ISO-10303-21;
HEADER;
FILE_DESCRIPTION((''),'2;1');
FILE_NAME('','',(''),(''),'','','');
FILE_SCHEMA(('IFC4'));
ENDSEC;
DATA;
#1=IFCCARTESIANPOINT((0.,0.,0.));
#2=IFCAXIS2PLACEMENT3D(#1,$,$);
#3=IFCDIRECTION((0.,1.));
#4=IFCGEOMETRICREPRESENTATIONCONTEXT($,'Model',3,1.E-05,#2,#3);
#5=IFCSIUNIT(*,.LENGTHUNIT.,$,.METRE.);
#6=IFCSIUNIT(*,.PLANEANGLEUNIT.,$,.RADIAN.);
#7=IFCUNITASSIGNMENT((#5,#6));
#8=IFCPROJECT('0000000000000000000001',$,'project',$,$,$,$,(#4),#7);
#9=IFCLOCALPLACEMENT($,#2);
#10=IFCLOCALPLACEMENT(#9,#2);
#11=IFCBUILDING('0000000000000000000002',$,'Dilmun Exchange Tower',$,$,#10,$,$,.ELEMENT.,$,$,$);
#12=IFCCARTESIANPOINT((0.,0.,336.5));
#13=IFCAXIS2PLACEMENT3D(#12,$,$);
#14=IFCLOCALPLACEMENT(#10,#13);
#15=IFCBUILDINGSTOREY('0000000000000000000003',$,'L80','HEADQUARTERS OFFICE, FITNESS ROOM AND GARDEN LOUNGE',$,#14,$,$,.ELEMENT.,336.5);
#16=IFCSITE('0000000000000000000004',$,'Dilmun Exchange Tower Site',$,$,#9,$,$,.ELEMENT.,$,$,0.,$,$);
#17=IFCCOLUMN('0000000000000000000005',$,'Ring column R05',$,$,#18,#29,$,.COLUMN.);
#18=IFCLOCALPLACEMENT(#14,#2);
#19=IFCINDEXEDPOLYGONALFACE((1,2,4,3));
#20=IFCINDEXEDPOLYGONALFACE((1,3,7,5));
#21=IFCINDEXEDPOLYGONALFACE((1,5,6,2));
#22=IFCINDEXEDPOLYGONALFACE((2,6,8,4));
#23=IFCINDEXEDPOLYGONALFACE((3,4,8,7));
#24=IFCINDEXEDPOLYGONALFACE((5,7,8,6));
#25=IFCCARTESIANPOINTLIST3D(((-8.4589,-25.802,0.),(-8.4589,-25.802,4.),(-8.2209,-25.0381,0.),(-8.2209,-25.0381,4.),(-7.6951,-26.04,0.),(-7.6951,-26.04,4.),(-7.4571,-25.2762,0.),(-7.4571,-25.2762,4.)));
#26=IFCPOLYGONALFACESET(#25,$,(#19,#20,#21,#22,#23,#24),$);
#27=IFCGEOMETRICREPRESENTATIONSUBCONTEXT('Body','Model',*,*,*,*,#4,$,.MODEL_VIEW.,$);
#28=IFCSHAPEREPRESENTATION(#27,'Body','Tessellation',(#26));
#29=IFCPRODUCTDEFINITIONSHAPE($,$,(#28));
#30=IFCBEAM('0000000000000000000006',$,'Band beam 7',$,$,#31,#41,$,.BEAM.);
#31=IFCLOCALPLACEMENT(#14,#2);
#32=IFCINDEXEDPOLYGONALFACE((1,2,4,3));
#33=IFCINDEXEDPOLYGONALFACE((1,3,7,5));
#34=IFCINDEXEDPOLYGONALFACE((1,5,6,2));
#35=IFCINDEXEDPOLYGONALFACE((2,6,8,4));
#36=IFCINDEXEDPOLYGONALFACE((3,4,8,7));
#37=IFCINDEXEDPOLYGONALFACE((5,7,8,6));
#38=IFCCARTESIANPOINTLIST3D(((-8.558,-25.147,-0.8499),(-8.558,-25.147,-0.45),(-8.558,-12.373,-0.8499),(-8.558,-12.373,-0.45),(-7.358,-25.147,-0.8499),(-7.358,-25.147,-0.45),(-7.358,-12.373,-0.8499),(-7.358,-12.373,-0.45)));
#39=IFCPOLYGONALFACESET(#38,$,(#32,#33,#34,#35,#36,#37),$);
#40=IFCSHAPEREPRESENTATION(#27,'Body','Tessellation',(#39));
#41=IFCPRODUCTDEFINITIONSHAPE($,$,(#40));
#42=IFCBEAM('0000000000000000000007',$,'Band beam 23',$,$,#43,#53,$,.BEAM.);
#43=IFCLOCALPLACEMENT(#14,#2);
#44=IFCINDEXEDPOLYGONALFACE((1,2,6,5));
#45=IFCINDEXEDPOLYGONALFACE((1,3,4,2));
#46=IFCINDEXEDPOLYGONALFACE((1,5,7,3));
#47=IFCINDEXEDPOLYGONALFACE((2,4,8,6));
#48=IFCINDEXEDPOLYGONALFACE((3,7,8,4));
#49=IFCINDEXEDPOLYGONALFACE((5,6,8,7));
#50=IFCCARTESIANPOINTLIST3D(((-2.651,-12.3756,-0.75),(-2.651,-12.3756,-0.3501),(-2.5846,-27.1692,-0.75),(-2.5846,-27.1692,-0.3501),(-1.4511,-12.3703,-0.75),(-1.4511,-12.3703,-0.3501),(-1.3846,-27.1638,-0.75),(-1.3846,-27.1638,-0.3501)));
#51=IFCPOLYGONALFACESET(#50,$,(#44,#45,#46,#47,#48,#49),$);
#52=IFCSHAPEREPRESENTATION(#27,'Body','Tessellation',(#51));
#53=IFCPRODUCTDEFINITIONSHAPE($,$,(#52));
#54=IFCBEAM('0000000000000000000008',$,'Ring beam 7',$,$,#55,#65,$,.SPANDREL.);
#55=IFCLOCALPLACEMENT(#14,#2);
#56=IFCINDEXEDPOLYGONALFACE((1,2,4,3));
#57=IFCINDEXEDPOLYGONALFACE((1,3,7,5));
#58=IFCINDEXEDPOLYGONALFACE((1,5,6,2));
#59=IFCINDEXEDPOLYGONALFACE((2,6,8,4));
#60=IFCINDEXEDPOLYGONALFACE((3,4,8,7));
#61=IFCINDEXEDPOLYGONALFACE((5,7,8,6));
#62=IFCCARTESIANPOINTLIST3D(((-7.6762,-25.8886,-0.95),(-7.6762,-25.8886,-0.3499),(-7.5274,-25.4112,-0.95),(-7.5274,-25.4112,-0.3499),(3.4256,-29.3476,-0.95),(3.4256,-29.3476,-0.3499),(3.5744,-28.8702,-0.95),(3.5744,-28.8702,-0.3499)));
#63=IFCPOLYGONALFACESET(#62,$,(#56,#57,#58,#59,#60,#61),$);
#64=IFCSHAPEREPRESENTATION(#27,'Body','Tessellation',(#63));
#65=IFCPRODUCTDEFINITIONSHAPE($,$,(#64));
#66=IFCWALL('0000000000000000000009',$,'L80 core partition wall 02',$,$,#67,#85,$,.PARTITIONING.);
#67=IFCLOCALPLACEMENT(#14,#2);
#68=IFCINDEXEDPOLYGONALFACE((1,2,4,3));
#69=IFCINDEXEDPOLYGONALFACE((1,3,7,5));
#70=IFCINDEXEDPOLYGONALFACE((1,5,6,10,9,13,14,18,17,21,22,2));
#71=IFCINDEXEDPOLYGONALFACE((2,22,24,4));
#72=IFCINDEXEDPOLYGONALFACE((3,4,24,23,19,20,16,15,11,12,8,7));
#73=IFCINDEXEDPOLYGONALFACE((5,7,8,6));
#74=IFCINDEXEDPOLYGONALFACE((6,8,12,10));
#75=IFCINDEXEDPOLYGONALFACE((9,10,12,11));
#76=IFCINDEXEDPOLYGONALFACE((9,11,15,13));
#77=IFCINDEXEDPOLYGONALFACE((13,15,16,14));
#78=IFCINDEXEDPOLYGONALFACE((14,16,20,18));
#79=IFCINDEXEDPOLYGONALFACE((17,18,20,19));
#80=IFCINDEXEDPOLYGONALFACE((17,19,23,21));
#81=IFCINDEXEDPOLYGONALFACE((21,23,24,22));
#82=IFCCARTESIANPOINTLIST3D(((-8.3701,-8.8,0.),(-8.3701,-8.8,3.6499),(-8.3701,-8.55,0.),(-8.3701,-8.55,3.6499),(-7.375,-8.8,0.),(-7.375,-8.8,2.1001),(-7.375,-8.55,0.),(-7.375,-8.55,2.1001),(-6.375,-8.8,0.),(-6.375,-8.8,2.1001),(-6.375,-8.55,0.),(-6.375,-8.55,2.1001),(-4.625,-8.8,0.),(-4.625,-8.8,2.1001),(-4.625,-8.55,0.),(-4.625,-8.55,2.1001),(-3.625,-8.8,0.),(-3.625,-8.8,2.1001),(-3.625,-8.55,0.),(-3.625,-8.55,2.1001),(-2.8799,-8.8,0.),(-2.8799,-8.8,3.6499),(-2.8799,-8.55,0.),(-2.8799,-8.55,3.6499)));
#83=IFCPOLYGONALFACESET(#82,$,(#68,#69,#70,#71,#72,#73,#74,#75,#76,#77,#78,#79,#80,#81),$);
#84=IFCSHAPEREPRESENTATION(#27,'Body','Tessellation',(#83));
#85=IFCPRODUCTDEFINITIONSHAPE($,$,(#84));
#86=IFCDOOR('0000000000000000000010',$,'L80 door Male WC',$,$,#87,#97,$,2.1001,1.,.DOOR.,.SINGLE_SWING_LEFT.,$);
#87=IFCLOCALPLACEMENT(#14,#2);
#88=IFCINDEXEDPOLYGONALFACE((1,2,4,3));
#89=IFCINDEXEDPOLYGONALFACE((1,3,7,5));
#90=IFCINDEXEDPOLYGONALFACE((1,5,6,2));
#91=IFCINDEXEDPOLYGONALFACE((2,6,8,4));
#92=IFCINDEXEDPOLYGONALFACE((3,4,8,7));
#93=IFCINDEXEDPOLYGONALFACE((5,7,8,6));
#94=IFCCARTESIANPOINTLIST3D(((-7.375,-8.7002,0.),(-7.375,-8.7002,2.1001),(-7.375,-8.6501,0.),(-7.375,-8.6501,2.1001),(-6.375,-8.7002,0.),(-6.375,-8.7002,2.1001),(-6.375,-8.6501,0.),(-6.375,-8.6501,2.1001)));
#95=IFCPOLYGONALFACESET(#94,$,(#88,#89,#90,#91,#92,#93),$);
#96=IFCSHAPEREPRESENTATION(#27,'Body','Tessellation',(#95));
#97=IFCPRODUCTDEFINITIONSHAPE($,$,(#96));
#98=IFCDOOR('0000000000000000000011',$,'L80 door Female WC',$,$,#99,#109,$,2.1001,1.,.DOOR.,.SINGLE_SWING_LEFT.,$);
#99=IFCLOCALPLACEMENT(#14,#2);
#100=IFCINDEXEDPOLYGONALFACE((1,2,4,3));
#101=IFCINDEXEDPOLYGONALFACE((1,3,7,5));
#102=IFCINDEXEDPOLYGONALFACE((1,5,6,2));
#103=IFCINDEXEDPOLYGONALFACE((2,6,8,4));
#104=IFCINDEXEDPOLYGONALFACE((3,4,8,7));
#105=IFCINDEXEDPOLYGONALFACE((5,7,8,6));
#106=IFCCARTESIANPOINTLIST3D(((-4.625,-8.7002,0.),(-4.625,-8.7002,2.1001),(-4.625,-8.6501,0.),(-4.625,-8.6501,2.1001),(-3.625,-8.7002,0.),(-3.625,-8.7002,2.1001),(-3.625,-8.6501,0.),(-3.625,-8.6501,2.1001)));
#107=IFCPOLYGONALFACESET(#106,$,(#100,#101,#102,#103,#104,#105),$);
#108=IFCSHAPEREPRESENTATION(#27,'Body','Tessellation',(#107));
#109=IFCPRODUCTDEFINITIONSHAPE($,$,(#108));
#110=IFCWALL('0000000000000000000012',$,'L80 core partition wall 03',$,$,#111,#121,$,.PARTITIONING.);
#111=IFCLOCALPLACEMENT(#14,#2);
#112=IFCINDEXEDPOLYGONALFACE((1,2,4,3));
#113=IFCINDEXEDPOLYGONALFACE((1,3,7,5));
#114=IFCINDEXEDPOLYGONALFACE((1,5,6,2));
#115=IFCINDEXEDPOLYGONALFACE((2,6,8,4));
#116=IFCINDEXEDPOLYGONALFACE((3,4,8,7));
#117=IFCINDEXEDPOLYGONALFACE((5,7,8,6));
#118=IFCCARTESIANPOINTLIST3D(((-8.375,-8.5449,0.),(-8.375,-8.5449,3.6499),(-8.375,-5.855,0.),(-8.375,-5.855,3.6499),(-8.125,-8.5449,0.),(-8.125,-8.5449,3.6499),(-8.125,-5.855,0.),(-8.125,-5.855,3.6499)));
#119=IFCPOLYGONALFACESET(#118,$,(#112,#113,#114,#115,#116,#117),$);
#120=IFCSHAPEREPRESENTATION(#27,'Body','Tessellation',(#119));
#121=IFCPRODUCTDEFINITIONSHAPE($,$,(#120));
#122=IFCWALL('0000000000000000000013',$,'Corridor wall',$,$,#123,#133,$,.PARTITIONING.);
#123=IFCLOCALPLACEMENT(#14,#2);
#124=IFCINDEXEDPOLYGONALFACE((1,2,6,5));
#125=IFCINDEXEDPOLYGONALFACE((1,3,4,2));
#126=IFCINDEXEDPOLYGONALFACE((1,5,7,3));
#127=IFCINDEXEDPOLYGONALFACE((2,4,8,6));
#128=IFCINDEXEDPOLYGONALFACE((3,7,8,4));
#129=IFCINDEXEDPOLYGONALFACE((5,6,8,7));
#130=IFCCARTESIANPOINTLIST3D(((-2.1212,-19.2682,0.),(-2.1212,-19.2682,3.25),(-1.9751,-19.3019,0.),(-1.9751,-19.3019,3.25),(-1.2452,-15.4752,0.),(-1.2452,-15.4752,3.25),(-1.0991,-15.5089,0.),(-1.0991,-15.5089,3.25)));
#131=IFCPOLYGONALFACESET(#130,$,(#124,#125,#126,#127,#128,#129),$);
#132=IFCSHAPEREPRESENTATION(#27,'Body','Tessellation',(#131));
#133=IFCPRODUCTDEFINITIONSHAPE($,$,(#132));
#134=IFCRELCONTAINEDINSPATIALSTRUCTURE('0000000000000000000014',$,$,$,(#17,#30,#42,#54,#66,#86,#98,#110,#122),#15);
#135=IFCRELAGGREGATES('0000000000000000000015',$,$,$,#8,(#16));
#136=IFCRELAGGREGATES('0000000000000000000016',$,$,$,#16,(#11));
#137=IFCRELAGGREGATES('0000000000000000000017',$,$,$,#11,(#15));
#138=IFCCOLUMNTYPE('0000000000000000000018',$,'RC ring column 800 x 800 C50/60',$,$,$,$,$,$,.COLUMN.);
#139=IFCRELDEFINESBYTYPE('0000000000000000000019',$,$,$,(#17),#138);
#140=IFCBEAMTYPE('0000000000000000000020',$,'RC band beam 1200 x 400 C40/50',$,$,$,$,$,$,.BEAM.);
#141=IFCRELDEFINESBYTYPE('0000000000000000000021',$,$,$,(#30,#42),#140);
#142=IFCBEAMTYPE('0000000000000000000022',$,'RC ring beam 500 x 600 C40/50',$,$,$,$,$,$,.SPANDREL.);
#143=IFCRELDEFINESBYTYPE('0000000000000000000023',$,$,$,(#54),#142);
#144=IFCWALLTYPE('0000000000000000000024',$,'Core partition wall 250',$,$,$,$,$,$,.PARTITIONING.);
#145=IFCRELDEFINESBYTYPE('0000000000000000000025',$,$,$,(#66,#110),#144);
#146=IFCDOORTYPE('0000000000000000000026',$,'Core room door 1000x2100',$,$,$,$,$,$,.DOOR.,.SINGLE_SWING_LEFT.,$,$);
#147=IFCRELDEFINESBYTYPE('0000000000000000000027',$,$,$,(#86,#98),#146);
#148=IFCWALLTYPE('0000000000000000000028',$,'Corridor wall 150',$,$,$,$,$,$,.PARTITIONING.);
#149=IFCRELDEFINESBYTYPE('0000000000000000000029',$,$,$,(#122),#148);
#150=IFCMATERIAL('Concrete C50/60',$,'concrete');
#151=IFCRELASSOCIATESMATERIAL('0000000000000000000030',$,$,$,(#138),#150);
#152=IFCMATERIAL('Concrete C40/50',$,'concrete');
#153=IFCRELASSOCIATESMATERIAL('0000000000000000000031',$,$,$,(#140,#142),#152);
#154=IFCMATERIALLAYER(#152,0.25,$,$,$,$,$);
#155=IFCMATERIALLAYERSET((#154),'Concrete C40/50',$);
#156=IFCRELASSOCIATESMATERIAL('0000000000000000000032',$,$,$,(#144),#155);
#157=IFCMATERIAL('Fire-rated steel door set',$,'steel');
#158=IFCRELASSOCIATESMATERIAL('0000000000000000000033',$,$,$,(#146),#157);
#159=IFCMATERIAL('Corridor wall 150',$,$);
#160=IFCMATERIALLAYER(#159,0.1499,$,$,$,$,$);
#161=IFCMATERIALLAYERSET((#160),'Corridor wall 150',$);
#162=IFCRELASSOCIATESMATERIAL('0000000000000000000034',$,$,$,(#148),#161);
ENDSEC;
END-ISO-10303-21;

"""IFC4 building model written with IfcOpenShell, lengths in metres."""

from ifc_helpers import new_model, si_unit, direction, frame, frame_2d, origin, origin_2d, place, context, subcontext, project, spatial, rectangle, extrude, material, layer, layer_set, material_profile, profile_set, type_object, element, fill, save


model = new_model("IFC4")

# Units and contexts
model_context = context("Model", 3, precision=1e-05, world=origin(), true_north=direction((0.0, 1.0)))
body_context = subcontext(model_context, "Body", "Model", "MODEL_VIEW")
ifc_project = project(units=[si_unit("LENGTHUNIT", "METRE"), si_unit("PLANEANGLEUNIT", "RADIAN")], contexts=[model_context])

# Site, building, storey
site_placement = place(None, origin())
site = spatial("IfcSite", under=ifc_project, at=site_placement, Name="Dilmun Exchange Tower Site", CompositionType="ELEMENT", RefElevation=0.0)
building_placement = place(site_placement, origin())
building = spatial("IfcBuilding", under=site, at=building_placement, Name="Dilmun Exchange Tower", CompositionType="ELEMENT")
storey_placement = place(building_placement, frame((0.0, 0.0, 336.5)))
storey = spatial("IfcBuildingStorey", under=building, at=storey_placement, Name="L80", Description="HEADQUARTERS OFFICE, FITNESS ROOM AND GARDEN LOUNGE", CompositionType="ELEMENT", Elevation=336.5)

# Column
ifc_material_1 = material(Name="Concrete C50/60", Category="concrete")
ifc_material_profile_1 = material_profile(ifc_material_1, rectangle(XDim=0.8, YDim=0.8, at=origin_2d()), Name="800 x 800")
ifc_profile_set_1 = profile_set([ifc_material_profile_1], Name="Concrete C50/60")
column_type = type_object("IfcColumnType", Name="RC ring column 800 x 800 C50/60", PredefinedType="COLUMN", material=ifc_profile_set_1)
column_placement = place(storey_placement, frame((-7.958, -25.5391, 0.0), z_axis=(0.0, 0.0, 1.0), x_axis=(0.297503, 0.954721, 0.0)))
element("IfcColumn", 1, at=column_placement, inside=storey, type_object=column_type, Name="Ring column R05", PredefinedType="COLUMN", context=body_context, shape_type="SweptSolid", body=[
    extrude(rectangle(XDim=0.8, YDim=0.8, at=origin_2d()), origin(), (0.0, 0.0, 1.0), 4.0),
])

# Beams
ifc_material_2 = material(Name="Concrete C40/50", Category="concrete")
ifc_material_profile_2 = material_profile(ifc_material_2, rectangle(XDim=1.2, YDim=0.3999, at=origin_2d()), Name="1200 x 400")
ifc_profile_set_2 = profile_set([ifc_material_profile_2], Name="Concrete C40/50")
beam_type_1 = type_object("IfcBeamType", Name="RC band beam 1200 x 400 C40/50", PredefinedType="BEAM", material=ifc_profile_set_2)
beam_1_placement = place(storey_placement, frame((-7.958, -25.147, -0.6499), z_axis=(0.0, 1.0, 0.0), x_axis=(-1.0, 0.0, 0.0)))
element("IfcBeam", 2, at=beam_1_placement, inside=storey, type_object=beam_type_1, Name="Band beam 7", PredefinedType="BEAM", context=body_context, shape_type="SweptSolid", body=[
    extrude(rectangle(XDim=1.2, YDim=0.3999, at=origin_2d()), origin(), (0.0, 0.0, 1.0), 12.7739),
])
beam_2_placement = place(storey_placement, frame((-1.9846, -27.1665, -0.55), z_axis=(-0.004489, 0.99999, 0.0), x_axis=(-0.99999, -0.004489, 0.0)))
element("IfcBeam", 3, at=beam_2_placement, inside=storey, type_object=beam_type_1, Name="Band beam 23", PredefinedType="BEAM", context=body_context, shape_type="SweptSolid", body=[
    extrude(rectangle(XDim=1.2, YDim=0.3999, at=origin_2d()), origin(), (0.0, 0.0, 1.0), 14.7937),
])
ifc_material_profile_3 = material_profile(ifc_material_2, rectangle(XDim=0.5, YDim=0.6001, at=origin_2d()), Name="500 x 600")
ifc_profile_set_3 = profile_set([ifc_material_profile_3], Name="Concrete C40/50")
beam_type_2 = type_object("IfcBeamType", Name="RC ring beam 500 x 600 C40/50", PredefinedType="SPANDREL", material=ifc_profile_set_3)
beam_3_placement = place(storey_placement, frame((-7.6018, -25.6499, -0.6499), z_axis=(0.954733, -0.297466, 0.0), x_axis=(0.297466, 0.954733, 0.0)))
element("IfcBeam", 4, at=beam_3_placement, inside=storey, type_object=beam_type_2, Name="Ring beam 7", PredefinedType="SPANDREL", context=body_context, shape_type="SweptSolid", body=[
    extrude(rectangle(XDim=0.5, YDim=0.6001, at=origin_2d()), origin(), (0.0, 0.0, 1.0), 11.6282),
])

# Wall, openings, doors
ifc_layer_1 = layer(ifc_material_2, 0.25)
ifc_layer_set_1 = layer_set([ifc_layer_1], Name="Concrete C40/50")
wall_type_1 = type_object("IfcWallType", Name="Core partition wall 250", PredefinedType="PARTITIONING", material=ifc_layer_set_1)
wall_1_placement = place(storey_placement, frame((-8.3701, -8.675, 0.0), z_axis=(0.0, 0.0, 1.0), x_axis=(1.0, 0.0, 0.0)))
wall_1 = element("IfcWall", 5, at=wall_1_placement, inside=storey, type_object=wall_type_1, Name="L80 core partition wall 02", PredefinedType="PARTITIONING", context=body_context, shape_type="SweptSolid", body=[
    extrude(rectangle(XDim=5.4902, YDim=0.25, at=frame_2d((2.7451, 0.0))), origin(), (0.0, 0.0, 1.0), 3.6499),
])
opening_1_placement = place(wall_1_placement, frame((0.9951, 0.0, 0.0)))
opening_1 = element("IfcOpeningElement", 6, at=opening_1_placement, cuts=wall_1, PredefinedType="OPENING", context=body_context, shape_type="SweptSolid", body=[
    extrude(rectangle(XDim=1.0, YDim=2.1001, at=frame_2d((0.5, 1.05))), frame((0.0, 0.135, 0.0), z_axis=(0.0, -1.0, 0.0), x_axis=(1.0, 0.0, 0.0)), (0.0, 0.0, 1.0), 0.27),
])
opening_2_placement = place(wall_1_placement, frame((3.7451, 0.0, 0.0)))
opening_2 = element("IfcOpeningElement", 7, at=opening_2_placement, cuts=wall_1, PredefinedType="OPENING", context=body_context, shape_type="SweptSolid", body=[
    extrude(rectangle(XDim=1.0, YDim=2.1001, at=frame_2d((0.5, 1.05))), frame((0.0, 0.135, 0.0), z_axis=(0.0, -1.0, 0.0), x_axis=(1.0, 0.0, 0.0)), (0.0, 0.0, 1.0), 0.27),
])
ifc_material_3 = material(Name="Fire-rated steel door set", Category="steel")
door_type_1 = type_object("IfcDoorType", Name="Core room door 1000x2100", OperationType="SINGLE_SWING_LEFT", PredefinedType="DOOR", material=ifc_material_3)
door_1_placement = place(opening_1_placement, origin())
door_1 = element("IfcDoor", 8, at=door_1_placement, inside=storey, type_object=door_type_1, Name="L80 door Male WC", OperationType="SINGLE_SWING_LEFT", OverallHeight=2.1001, OverallWidth=1.0, PredefinedType="DOOR", context=body_context, shape_type="SweptSolid", body=[
    extrude(rectangle(XDim=1.0, YDim=2.1001, at=frame_2d((0.5, 1.05))), frame((0.0, 0.0249, 0.0), z_axis=(0.0, -1.0, 0.0), x_axis=(1.0, 0.0, 0.0)), (0.0, 0.0, 1.0), 0.05),
])
fill(opening_1, door_1)
door_2_placement = place(opening_2_placement, origin())
door_2 = element("IfcDoor", 9, at=door_2_placement, inside=storey, type_object=door_type_1, Name="L80 door Female WC", OperationType="SINGLE_SWING_LEFT", OverallHeight=2.1001, OverallWidth=1.0, PredefinedType="DOOR", context=body_context, shape_type="SweptSolid", body=[
    extrude(rectangle(XDim=1.0, YDim=2.1001, at=frame_2d((0.5, 1.05))), frame((0.0, 0.0249, 0.0), z_axis=(0.0, -1.0, 0.0), x_axis=(1.0, 0.0, 0.0)), (0.0, 0.0, 1.0), 0.05),
])
fill(opening_2, door_2)

# Walls
wall_2_placement = place(storey_placement, frame((-8.25, -8.5449, 0.0), z_axis=(0.0, 0.0, 1.0), x_axis=(0.0, 1.0, 0.0)))
element("IfcWall", 10, at=wall_2_placement, inside=storey, type_object=wall_type_1, Name="L80 core partition wall 03", PredefinedType="PARTITIONING", context=body_context, shape_type="SweptSolid", body=[
    extrude(rectangle(XDim=2.6899, YDim=0.25, at=frame_2d((1.345, 0.0))), origin(), (0.0, 0.0, 1.0), 3.6499),
])
ifc_material_4 = material(Name="Corridor wall 150")
ifc_layer_2 = layer(ifc_material_4, 0.1499)
ifc_layer_set_2 = layer_set([ifc_layer_2], Name="Corridor wall 150")
wall_type_2 = type_object("IfcWallType", Name="Corridor wall 150", PredefinedType="PARTITIONING", material=ifc_layer_set_2)
wall_3_placement = place(storey_placement, frame((-2.0481, -19.2849, 0.0), z_axis=(0.0, 0.0, 1.0), x_axis=(0.225024, 0.974353, 0.0)))
element("IfcWall", 11, at=wall_3_placement, inside=storey, type_object=wall_type_2, Name="Corridor wall", PredefinedType="PARTITIONING", context=body_context, shape_type="SweptSolid", body=[
    extrude(rectangle(XDim=3.8928, YDim=0.1499, at=frame_2d((1.9463, 0.0))), origin(), (0.0, 0.0, 1.0), 3.25),
])

save(model, "model.ifc")
